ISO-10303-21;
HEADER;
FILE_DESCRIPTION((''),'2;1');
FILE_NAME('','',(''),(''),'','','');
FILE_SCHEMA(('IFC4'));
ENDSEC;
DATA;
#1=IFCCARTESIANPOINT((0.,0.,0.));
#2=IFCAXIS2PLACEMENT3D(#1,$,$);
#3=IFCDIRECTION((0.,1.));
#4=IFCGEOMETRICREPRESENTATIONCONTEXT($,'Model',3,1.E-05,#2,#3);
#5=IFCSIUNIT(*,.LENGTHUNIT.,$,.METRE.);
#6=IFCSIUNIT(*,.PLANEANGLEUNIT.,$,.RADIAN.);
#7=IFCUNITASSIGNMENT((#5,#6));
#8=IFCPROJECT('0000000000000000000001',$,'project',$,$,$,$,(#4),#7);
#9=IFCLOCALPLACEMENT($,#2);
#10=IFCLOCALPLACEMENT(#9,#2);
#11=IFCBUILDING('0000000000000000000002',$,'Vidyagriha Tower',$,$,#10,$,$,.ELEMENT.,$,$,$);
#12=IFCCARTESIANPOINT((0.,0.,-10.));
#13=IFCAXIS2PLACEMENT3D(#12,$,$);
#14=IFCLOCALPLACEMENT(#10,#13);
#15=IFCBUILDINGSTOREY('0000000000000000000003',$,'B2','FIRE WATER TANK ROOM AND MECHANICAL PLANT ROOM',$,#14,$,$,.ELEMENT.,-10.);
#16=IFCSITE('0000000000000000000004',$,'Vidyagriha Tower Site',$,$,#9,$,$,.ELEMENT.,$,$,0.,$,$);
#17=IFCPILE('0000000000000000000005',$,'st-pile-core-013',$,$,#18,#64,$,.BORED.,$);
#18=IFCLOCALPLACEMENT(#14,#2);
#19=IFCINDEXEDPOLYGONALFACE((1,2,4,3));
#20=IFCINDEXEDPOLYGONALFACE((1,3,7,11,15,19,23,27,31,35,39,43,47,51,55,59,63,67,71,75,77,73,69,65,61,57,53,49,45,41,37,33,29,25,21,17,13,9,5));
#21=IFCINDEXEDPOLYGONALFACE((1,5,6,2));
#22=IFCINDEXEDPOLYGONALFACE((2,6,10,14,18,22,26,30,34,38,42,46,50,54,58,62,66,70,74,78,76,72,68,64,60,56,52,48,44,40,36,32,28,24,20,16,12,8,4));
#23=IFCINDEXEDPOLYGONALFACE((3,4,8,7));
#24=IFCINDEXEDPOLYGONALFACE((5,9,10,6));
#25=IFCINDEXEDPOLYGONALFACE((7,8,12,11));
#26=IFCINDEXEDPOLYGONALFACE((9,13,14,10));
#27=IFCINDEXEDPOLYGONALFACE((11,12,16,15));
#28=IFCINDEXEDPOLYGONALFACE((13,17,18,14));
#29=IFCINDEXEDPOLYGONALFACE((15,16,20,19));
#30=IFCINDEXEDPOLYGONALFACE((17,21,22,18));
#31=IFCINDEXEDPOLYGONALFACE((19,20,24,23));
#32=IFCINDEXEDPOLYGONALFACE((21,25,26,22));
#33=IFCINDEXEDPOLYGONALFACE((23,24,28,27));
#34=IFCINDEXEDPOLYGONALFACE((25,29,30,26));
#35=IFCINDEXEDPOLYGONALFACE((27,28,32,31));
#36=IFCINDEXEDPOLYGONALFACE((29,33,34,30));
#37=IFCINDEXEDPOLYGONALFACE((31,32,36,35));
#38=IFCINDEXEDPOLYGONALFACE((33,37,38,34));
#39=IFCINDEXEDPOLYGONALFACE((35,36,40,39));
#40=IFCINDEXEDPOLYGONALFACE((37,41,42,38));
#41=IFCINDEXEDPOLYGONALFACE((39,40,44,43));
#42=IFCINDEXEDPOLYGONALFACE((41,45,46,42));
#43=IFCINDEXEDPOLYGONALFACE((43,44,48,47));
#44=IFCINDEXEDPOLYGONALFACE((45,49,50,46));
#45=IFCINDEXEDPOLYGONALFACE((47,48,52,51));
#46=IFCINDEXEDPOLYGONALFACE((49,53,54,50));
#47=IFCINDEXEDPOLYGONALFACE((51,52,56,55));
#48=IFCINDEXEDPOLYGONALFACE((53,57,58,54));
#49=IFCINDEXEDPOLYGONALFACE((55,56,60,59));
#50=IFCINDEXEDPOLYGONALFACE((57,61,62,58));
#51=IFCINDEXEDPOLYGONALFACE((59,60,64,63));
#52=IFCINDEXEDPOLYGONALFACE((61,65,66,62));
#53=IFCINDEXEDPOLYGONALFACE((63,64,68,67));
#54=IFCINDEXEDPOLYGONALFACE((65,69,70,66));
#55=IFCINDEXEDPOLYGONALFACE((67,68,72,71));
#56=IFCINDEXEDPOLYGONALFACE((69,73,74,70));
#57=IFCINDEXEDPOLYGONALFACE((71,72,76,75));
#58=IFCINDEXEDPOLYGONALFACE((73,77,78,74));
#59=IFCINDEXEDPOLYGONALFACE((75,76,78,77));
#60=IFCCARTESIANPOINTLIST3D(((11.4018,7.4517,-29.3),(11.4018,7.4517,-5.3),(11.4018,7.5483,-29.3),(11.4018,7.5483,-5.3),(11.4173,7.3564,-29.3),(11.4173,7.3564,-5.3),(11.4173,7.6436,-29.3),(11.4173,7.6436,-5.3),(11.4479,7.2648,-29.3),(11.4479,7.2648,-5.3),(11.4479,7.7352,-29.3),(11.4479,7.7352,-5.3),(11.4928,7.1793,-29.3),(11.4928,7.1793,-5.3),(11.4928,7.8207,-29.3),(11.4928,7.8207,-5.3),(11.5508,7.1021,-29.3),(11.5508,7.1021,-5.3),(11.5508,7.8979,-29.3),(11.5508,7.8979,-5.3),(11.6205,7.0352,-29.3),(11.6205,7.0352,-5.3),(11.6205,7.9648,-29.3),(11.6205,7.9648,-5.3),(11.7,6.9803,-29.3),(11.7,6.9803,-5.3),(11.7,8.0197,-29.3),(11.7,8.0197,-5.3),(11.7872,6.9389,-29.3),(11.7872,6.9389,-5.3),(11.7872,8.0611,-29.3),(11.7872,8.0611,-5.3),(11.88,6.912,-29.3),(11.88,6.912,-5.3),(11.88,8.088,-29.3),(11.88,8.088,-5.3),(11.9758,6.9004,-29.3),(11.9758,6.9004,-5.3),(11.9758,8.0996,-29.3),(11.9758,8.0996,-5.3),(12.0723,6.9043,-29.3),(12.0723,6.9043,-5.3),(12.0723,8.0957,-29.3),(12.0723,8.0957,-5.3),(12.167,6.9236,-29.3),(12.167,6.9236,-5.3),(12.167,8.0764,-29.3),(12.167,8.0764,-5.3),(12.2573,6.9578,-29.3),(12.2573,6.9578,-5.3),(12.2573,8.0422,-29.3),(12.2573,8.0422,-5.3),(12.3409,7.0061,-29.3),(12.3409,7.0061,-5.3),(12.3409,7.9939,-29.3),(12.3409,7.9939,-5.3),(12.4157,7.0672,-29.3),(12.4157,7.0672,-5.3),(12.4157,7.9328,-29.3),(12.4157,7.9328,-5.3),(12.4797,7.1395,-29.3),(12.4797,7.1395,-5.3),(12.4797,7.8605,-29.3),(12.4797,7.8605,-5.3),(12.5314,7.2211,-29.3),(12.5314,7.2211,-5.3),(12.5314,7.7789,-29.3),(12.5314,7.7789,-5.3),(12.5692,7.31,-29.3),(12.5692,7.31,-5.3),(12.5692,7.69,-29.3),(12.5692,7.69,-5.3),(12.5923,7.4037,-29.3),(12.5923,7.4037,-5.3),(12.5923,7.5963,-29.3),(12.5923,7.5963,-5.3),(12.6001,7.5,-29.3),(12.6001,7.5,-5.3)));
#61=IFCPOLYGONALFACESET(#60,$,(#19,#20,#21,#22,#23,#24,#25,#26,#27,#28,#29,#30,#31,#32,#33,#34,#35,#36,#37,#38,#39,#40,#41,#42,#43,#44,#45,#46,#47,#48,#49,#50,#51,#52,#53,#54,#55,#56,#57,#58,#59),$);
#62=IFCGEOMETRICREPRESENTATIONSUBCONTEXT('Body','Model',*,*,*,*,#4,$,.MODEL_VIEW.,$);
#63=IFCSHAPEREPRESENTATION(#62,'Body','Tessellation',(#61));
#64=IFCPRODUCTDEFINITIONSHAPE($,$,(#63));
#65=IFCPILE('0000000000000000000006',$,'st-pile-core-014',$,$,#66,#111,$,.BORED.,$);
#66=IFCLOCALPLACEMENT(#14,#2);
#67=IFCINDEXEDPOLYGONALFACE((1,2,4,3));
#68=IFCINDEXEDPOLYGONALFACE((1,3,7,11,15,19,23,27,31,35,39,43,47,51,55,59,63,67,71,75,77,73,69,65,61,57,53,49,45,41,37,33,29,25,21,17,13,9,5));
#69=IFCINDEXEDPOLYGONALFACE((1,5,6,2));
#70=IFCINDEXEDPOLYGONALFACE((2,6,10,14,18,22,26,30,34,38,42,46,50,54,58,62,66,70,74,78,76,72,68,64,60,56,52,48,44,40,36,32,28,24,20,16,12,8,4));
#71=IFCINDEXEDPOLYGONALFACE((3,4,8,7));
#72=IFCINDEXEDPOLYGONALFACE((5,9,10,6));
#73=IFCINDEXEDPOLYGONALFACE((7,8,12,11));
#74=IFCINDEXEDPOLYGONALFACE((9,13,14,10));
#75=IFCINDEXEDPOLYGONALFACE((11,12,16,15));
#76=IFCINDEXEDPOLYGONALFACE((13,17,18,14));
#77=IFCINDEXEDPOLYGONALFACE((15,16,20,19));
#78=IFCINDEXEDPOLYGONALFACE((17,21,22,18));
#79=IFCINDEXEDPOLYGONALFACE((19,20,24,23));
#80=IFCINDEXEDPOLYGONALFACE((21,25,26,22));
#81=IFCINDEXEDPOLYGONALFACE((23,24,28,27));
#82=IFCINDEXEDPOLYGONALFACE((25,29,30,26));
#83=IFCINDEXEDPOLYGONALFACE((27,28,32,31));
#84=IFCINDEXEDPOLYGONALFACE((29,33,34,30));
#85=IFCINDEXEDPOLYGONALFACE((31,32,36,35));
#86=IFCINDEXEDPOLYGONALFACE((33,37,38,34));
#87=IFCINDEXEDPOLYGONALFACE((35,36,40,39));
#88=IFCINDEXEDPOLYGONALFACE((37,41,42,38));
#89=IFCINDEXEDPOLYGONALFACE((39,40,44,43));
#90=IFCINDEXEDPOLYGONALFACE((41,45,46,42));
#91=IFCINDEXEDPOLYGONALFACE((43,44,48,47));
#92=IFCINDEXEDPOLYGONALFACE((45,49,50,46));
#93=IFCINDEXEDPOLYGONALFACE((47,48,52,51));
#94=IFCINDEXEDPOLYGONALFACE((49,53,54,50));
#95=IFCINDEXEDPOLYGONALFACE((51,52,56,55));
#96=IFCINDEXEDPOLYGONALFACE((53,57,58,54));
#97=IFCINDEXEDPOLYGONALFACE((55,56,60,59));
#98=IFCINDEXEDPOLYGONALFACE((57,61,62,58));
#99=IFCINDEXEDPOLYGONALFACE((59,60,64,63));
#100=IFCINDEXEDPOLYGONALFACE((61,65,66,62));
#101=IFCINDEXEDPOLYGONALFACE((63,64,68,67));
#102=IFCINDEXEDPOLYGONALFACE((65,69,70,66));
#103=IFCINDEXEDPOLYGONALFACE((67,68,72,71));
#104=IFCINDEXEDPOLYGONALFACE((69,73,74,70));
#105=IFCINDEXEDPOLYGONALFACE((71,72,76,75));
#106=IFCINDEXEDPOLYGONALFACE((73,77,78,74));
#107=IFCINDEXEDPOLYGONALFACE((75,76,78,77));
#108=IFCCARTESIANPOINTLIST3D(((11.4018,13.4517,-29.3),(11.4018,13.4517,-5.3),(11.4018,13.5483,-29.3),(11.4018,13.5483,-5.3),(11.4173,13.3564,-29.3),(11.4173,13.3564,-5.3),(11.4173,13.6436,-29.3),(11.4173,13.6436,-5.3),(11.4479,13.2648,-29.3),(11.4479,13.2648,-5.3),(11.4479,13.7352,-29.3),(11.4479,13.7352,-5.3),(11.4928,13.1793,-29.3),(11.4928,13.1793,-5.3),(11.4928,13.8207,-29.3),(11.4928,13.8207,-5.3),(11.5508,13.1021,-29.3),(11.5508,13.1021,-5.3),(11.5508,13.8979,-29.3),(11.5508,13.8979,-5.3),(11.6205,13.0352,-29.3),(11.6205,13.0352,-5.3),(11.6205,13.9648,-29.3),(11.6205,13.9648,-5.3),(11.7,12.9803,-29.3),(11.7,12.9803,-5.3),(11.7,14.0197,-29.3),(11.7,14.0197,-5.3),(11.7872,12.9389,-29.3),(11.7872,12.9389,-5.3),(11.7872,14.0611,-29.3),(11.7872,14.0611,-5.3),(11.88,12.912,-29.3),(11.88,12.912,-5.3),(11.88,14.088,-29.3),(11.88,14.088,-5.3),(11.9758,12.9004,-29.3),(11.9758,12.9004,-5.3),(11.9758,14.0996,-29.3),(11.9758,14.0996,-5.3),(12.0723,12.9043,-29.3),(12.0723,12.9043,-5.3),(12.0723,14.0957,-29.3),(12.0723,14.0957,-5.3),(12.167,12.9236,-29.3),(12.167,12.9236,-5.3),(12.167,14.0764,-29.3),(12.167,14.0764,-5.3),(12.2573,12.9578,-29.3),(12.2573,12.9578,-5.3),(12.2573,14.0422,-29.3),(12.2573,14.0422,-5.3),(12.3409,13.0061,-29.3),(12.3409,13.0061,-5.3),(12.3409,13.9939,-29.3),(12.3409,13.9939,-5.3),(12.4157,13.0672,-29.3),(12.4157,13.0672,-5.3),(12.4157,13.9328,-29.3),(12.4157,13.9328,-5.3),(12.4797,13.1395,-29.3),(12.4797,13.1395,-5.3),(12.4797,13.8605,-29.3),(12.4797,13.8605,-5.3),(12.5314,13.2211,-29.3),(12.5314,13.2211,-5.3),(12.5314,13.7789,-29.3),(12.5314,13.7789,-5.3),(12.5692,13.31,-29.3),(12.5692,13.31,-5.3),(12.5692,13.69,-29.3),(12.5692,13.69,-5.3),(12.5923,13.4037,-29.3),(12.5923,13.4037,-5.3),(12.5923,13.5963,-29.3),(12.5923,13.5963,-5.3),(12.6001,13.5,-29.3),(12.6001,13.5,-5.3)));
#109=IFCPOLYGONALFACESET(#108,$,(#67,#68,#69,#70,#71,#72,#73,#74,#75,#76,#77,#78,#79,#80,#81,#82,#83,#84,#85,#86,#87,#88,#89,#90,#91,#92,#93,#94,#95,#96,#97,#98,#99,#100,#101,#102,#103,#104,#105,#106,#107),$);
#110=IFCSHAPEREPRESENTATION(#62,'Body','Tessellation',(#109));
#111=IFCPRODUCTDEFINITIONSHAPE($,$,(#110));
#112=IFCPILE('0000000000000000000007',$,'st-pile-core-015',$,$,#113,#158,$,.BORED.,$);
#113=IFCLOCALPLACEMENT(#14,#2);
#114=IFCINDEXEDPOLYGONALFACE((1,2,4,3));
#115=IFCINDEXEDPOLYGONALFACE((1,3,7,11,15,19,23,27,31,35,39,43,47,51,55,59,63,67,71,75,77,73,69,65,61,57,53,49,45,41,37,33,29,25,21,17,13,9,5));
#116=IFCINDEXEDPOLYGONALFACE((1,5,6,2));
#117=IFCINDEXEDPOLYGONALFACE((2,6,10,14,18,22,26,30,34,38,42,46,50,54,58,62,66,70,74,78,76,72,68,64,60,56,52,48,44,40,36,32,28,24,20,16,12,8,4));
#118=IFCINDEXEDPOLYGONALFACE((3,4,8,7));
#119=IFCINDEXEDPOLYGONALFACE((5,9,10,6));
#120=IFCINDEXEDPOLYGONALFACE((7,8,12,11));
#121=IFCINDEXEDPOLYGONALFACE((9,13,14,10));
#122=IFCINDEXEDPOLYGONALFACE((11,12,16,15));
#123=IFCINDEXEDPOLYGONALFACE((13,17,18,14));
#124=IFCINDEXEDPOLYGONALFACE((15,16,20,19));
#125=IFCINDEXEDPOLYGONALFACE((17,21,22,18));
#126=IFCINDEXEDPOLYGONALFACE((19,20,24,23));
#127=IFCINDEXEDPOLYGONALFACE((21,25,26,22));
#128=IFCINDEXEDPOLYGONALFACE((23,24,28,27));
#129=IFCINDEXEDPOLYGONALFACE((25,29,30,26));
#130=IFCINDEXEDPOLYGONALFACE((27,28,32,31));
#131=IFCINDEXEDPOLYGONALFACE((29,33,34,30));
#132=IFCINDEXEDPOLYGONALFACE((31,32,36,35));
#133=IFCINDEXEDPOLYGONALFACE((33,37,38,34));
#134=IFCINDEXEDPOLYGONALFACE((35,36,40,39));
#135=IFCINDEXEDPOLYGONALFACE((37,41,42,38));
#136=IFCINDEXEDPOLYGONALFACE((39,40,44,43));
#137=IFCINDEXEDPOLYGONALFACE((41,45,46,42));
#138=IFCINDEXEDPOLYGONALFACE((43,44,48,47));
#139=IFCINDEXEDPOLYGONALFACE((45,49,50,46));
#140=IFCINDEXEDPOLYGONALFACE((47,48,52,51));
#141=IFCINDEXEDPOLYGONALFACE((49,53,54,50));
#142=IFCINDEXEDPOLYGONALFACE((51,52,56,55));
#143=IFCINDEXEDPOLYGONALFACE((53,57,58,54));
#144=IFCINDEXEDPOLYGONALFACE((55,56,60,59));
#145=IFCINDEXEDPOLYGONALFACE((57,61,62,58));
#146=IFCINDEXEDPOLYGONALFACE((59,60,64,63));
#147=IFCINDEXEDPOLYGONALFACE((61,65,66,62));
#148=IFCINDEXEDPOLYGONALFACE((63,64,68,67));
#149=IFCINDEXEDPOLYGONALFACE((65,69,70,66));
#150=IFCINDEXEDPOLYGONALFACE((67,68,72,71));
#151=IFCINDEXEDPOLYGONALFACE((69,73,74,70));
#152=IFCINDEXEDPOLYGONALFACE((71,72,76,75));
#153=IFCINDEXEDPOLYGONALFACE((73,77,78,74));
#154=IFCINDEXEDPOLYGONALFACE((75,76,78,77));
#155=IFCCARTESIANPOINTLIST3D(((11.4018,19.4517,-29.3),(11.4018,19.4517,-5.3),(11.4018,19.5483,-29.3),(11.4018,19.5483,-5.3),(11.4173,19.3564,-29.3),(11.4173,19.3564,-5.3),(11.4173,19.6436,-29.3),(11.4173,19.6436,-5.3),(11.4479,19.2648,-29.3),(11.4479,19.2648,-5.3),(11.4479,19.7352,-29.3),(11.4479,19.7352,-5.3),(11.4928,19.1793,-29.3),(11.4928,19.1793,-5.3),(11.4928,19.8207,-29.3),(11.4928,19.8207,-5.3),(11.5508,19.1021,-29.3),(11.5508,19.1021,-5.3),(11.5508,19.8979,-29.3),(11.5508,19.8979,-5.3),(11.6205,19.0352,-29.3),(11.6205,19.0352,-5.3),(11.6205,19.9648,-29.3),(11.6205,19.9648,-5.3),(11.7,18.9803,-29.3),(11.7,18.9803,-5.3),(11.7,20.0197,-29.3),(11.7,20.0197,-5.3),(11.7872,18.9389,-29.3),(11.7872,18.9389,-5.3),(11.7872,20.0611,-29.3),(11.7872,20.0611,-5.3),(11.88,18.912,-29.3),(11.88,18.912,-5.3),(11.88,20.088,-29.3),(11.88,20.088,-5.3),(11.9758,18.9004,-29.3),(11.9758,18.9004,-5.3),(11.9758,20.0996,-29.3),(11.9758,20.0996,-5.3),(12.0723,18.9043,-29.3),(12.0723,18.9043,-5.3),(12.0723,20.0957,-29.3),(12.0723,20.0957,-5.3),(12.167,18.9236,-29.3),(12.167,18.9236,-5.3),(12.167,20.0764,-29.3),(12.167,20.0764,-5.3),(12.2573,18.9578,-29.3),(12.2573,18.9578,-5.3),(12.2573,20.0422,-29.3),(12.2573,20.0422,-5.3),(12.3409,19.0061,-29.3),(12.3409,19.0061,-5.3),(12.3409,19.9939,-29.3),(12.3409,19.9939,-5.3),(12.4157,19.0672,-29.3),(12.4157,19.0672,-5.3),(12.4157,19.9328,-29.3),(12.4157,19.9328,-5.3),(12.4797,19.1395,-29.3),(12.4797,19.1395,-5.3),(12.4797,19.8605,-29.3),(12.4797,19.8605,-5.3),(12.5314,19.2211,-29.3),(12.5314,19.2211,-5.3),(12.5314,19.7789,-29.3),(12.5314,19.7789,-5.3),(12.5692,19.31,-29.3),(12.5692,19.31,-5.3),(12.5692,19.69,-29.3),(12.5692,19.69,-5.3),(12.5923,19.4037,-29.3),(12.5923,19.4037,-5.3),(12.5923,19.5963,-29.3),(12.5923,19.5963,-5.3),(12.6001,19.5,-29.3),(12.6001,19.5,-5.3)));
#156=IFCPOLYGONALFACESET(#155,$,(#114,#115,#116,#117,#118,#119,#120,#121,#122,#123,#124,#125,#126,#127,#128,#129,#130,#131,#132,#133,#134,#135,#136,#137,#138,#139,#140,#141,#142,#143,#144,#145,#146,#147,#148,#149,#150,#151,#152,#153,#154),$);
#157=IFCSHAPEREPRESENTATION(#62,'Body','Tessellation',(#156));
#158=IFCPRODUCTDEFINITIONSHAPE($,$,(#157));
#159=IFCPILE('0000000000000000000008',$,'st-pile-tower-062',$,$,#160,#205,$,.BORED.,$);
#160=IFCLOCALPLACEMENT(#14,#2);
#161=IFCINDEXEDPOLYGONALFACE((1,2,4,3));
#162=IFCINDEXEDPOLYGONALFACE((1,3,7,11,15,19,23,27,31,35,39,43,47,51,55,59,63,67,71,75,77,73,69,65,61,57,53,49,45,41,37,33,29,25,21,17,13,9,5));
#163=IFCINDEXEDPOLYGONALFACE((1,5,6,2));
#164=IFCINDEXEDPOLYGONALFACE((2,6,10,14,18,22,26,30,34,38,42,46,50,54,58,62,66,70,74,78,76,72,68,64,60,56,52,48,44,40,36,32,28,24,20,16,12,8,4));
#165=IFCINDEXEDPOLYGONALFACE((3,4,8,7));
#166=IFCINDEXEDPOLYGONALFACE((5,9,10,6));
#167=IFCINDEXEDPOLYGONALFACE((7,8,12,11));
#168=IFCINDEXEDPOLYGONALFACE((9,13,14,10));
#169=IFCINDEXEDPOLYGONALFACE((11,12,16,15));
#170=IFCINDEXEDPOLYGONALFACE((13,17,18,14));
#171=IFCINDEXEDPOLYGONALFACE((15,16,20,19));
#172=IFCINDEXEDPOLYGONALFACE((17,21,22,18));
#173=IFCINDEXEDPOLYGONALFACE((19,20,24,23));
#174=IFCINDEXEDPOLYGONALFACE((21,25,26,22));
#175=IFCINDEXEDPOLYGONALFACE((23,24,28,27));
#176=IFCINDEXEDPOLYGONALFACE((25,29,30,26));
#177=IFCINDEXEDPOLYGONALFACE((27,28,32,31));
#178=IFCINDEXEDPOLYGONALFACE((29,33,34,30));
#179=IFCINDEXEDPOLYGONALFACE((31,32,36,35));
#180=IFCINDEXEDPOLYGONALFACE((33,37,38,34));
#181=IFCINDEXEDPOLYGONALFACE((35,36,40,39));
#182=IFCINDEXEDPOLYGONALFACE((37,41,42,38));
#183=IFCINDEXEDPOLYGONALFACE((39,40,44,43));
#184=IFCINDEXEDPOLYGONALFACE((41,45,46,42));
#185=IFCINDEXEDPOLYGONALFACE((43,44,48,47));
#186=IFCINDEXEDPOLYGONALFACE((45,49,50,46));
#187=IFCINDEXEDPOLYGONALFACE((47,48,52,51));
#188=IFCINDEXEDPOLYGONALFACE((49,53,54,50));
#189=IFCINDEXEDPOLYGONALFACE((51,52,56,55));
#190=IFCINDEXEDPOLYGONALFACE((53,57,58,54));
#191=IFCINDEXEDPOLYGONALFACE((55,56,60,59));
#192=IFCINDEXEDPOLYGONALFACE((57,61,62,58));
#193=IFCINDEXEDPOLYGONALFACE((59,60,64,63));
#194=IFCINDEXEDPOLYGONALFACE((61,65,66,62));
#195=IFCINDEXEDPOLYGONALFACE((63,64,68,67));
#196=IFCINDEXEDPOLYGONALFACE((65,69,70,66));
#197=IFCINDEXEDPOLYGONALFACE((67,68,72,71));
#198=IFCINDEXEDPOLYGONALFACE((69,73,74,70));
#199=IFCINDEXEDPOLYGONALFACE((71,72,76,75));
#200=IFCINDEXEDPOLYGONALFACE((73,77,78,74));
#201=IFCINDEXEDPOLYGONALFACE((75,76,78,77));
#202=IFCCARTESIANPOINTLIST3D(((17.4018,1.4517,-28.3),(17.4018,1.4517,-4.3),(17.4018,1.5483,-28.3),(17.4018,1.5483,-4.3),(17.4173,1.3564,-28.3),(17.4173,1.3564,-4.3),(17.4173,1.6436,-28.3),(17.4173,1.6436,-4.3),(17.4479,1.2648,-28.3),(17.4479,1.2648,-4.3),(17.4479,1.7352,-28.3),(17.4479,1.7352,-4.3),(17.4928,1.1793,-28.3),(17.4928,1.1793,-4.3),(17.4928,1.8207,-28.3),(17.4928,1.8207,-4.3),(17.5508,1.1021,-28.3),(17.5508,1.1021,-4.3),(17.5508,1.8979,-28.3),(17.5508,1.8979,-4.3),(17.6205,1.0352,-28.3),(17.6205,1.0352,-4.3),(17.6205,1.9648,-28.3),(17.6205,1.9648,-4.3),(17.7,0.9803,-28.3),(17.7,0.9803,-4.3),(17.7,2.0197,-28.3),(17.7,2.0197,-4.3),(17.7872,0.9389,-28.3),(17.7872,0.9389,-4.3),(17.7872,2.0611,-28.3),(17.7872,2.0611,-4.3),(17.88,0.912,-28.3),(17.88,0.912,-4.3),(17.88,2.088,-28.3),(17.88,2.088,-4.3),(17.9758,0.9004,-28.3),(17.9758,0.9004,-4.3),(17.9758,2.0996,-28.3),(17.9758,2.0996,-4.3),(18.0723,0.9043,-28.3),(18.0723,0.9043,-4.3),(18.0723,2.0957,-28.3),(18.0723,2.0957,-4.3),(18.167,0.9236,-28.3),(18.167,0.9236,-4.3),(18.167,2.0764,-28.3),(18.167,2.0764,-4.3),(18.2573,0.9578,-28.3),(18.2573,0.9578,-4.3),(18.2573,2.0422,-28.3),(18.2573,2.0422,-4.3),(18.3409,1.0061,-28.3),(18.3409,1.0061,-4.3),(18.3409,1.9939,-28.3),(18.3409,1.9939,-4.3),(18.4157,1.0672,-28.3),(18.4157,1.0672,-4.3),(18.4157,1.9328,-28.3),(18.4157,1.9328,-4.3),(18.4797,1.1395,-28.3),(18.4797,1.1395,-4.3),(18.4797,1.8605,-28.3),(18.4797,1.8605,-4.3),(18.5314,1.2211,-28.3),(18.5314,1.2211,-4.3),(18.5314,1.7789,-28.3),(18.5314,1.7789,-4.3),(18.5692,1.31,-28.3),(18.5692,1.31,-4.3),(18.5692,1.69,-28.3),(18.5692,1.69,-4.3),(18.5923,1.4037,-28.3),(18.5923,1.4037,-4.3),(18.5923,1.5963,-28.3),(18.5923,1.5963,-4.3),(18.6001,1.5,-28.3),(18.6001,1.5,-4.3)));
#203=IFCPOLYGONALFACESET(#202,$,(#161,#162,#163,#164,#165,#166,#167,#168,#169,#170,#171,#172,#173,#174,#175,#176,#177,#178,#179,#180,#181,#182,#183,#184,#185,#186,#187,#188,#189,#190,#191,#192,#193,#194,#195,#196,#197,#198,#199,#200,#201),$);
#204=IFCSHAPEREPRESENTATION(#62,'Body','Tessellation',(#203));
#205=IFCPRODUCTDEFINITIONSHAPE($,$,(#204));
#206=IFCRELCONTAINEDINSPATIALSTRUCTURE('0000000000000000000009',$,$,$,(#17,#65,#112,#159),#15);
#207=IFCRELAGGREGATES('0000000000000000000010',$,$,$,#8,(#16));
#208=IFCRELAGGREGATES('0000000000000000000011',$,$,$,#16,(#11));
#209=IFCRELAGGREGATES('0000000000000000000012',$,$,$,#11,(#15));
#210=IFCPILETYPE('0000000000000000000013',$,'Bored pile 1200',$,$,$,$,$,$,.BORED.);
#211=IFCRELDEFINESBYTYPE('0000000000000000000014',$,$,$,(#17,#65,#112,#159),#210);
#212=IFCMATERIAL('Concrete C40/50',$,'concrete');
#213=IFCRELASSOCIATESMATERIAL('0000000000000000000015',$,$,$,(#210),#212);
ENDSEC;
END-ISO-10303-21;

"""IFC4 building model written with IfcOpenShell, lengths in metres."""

from ifc_helpers import new_model, si_unit, direction, frame, origin, origin_2d, place, context, subcontext, project, spatial, circle, extrude, material, material_profile, profile_set, type_object, element, save


model = new_model("IFC4")

# Units and contexts
model_context = context("Model", 3, precision=1e-05, world=origin(), true_north=direction((0.0, 1.0)))
body_context = subcontext(model_context, "Body", "Model", "MODEL_VIEW")
ifc_project = project(units=[si_unit("LENGTHUNIT", "METRE"), si_unit("PLANEANGLEUNIT", "RADIAN")], contexts=[model_context])

# Site, building, storey
site_placement = place(None, origin())
site = spatial("IfcSite", under=ifc_project, at=site_placement, Name="Vidyagriha Tower Site", CompositionType="ELEMENT", RefElevation=0.0)
building_placement = place(site_placement, origin())
building = spatial("IfcBuilding", under=site, at=building_placement, Name="Vidyagriha Tower", CompositionType="ELEMENT")
storey_placement = place(building_placement, frame((0.0, 0.0, -10.0)))
storey = spatial("IfcBuildingStorey", under=building, at=storey_placement, Name="B2", Description="FIRE WATER TANK ROOM AND MECHANICAL PLANT ROOM", CompositionType="ELEMENT", Elevation=-10.0)

# Piles
ifc_material_1 = material(Name="Concrete C40/50", Category="concrete")
ifc_material_profile_1 = material_profile(ifc_material_1, circle(Radius=0.6001, at=origin_2d()), Name="Bored pile 1200")
ifc_profile_set_1 = profile_set([ifc_material_profile_1], Name="Concrete C40/50")
pile_type = type_object("IfcPileType", Name="Bored pile 1200", PredefinedType="BORED", material=ifc_profile_set_1)
for number, where, z_axis, x_axis, name in (
    (1, (12.0, 7.5, -5.3), (0.0, 0.0, -1.0), (1.0, 0.0, 0.0), "st-pile-core-013"),
    (2, (12.0, 13.5, -5.3), (0.0, 0.0, -1.0), (1.0, 0.0, 0.0), "st-pile-core-014"),
    (3, (12.0, 19.5, -5.3), (0.0, 0.0, -1.0), (1.0, 0.0, 0.0), "st-pile-core-015"),
    (4, (18.0, 1.5, -4.3), (0.0, 0.0, -1.0), (1.0, 0.0, 0.0), "st-pile-tower-062"),
):
    element("IfcPile", number, at=place(storey_placement, frame(where, z_axis=z_axis, x_axis=x_axis)), inside=storey, type_object=pile_type, Name=name, PredefinedType="BORED", context=body_context, shape_type="SweptSolid", body=[
        extrude(circle(Radius=0.6001, at=origin_2d()), origin(), (0.0, 0.0, 1.0), 24.0),
    ])

save(model, "model.ifc")
